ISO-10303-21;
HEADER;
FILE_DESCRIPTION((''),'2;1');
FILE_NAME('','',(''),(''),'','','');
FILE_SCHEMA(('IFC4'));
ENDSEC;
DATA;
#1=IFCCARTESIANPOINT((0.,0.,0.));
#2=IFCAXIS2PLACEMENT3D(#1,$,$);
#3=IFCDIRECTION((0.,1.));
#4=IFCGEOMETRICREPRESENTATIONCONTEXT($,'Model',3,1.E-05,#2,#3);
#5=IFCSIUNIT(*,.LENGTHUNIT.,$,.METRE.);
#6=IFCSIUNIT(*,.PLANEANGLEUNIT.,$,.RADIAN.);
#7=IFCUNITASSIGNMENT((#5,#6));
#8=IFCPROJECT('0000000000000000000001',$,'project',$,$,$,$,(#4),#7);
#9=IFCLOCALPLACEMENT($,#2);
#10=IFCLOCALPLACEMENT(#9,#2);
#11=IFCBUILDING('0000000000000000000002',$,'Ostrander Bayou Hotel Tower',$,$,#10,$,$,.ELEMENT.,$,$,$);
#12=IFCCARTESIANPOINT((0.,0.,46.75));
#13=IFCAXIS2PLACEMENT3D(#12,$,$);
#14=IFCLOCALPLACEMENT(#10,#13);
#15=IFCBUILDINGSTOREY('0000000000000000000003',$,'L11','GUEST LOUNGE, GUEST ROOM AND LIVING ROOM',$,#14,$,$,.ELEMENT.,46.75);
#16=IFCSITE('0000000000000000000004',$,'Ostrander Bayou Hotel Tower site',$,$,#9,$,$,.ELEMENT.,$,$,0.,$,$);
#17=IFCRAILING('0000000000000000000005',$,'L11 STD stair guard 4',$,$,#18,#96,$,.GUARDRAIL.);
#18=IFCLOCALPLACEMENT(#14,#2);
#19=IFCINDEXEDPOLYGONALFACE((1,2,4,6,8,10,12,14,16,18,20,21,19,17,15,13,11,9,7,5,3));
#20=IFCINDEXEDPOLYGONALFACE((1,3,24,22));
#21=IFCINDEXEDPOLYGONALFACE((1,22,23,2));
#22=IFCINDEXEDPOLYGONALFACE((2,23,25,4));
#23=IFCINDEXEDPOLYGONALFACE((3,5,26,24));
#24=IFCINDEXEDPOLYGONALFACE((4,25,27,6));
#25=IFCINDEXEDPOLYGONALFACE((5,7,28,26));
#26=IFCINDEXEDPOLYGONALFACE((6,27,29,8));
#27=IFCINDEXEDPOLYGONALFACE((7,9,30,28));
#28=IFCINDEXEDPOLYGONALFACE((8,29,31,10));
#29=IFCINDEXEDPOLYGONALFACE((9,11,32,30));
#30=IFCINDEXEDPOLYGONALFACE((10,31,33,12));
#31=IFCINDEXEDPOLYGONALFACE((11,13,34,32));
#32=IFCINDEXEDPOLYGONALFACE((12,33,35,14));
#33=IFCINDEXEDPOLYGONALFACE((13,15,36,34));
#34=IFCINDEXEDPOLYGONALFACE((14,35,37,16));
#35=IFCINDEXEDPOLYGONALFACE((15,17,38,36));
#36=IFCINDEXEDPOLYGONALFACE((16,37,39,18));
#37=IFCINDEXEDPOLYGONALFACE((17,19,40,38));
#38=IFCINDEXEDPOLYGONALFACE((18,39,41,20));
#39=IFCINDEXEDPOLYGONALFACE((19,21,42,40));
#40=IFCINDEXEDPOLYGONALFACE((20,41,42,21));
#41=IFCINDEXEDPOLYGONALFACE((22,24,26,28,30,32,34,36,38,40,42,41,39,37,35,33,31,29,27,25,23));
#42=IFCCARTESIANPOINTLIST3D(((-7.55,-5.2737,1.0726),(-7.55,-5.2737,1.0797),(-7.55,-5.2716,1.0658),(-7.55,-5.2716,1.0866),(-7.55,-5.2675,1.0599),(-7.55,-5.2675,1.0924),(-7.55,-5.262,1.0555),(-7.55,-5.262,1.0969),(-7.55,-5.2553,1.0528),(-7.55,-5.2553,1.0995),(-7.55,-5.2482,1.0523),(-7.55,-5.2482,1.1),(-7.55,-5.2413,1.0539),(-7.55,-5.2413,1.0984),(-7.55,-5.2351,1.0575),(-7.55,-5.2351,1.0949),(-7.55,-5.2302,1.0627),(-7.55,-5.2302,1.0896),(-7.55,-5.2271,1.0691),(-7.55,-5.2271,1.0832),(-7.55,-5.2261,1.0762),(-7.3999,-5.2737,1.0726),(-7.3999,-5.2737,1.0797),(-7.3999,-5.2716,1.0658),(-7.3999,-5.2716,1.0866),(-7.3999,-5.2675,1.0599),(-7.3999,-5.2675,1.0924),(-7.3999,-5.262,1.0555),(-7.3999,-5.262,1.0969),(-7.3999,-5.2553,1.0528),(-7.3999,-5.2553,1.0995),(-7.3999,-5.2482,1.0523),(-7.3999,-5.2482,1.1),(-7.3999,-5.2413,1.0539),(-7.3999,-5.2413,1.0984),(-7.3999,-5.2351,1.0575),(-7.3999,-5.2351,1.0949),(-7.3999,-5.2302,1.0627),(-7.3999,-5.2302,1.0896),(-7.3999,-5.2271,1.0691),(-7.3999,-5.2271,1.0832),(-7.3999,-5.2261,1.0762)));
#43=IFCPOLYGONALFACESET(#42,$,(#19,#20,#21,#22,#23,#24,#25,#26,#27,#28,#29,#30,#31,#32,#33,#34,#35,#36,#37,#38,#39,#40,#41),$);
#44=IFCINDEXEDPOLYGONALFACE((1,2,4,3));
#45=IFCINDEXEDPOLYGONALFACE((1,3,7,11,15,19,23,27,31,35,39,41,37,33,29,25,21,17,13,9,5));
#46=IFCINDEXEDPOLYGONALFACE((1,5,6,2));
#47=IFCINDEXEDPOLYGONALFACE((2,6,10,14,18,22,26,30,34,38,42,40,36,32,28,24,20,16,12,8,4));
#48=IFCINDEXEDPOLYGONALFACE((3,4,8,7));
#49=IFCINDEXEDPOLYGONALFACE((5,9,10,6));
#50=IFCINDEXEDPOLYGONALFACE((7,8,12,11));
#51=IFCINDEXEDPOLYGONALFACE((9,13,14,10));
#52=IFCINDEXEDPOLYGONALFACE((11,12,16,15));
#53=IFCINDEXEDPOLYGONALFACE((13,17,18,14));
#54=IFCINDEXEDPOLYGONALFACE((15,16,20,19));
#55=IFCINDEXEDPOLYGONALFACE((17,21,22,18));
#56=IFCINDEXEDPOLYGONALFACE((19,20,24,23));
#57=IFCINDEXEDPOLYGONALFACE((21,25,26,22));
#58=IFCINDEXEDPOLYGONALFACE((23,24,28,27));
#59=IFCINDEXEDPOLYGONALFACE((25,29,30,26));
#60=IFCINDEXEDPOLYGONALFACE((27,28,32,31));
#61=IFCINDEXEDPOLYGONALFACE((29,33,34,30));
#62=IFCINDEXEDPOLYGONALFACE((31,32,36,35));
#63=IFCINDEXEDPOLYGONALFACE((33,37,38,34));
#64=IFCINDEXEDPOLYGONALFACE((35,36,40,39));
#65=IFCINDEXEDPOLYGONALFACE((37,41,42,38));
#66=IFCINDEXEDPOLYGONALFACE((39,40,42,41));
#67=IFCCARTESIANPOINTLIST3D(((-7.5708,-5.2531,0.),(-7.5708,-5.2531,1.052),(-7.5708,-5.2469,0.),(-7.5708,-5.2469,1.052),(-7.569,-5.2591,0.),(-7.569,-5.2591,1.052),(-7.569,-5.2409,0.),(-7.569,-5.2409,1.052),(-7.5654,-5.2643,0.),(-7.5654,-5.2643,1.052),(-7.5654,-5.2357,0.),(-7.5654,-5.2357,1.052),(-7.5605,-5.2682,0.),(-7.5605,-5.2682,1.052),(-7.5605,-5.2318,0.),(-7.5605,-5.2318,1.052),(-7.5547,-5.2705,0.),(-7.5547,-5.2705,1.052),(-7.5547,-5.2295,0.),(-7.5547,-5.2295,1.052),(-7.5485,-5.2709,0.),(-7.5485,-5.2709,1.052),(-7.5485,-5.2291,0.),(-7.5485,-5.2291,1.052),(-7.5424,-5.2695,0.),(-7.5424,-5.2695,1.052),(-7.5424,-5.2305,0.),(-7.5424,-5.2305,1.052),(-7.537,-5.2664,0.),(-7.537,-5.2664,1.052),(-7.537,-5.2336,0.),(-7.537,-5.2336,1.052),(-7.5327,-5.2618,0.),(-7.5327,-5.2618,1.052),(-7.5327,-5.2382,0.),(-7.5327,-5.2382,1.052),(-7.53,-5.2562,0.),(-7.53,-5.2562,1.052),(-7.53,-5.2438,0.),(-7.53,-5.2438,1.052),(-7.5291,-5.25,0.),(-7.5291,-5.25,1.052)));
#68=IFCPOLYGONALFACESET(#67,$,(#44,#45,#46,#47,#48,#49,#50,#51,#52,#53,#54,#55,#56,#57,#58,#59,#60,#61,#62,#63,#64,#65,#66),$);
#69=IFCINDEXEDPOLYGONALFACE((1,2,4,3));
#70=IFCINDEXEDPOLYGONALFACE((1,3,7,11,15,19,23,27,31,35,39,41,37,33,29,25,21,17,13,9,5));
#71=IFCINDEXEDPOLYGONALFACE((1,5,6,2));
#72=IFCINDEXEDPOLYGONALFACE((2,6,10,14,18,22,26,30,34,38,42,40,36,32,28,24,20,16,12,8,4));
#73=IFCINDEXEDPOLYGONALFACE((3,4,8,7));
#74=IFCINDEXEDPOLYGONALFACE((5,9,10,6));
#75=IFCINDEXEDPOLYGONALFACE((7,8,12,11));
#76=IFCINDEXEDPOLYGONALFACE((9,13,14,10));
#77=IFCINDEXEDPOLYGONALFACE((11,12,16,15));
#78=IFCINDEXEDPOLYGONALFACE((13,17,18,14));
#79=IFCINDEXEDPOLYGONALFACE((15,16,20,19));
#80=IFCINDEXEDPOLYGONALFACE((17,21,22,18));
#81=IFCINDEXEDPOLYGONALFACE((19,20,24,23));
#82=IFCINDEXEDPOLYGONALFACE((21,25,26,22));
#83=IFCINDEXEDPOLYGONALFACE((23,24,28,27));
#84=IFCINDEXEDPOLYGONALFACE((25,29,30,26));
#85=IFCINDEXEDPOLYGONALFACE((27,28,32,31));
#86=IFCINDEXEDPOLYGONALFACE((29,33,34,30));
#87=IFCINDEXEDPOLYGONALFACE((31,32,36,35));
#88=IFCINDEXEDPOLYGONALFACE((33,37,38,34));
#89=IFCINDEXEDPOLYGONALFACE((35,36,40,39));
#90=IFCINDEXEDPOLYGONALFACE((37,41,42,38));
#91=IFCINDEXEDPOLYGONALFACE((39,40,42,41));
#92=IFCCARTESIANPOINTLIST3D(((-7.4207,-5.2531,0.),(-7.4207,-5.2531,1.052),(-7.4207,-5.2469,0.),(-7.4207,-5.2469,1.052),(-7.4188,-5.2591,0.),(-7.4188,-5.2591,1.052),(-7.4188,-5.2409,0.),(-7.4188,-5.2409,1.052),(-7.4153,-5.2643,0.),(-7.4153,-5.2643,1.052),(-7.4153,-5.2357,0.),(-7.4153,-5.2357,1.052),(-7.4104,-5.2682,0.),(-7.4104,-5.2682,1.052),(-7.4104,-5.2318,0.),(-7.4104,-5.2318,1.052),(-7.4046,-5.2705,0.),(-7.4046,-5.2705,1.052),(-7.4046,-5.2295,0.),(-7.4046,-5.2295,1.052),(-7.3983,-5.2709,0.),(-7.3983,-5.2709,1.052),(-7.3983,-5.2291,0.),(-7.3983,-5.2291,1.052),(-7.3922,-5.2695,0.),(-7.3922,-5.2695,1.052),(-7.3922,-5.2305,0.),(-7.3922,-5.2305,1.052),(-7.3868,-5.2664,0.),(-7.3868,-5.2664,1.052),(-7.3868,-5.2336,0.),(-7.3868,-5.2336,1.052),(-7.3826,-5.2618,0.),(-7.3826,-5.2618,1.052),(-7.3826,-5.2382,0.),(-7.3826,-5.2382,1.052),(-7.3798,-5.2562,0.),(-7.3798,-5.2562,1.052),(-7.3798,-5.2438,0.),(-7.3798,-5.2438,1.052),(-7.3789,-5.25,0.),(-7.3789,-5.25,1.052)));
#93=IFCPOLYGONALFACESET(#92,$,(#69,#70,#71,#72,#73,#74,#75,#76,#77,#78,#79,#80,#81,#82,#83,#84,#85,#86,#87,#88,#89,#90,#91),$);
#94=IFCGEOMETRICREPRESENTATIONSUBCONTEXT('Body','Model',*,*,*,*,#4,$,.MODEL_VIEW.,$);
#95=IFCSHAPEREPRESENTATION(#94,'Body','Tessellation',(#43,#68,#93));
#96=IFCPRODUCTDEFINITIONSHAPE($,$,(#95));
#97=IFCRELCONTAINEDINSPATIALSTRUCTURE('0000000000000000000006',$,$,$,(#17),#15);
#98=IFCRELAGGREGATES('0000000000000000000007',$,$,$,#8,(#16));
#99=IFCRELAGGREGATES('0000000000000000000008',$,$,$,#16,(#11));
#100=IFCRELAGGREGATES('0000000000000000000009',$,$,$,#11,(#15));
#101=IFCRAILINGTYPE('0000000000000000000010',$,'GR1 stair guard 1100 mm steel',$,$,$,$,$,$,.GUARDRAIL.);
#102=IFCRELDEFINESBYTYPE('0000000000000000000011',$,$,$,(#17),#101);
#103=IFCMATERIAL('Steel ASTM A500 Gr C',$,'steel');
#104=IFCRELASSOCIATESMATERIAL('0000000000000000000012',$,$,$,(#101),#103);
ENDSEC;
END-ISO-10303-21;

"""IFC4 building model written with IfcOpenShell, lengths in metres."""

from ifc_helpers import new_model, si_unit, direction, frame, origin, origin_2d, place, context, subcontext, project, spatial, circle, extrude, material, type_object, element, save


model = new_model("IFC4")

# Units and contexts
model_context = context("Model", 3, precision=1e-05, world=origin(), true_north=direction((0.0, 1.0)))
body_context = subcontext(model_context, "Body", "Model", "MODEL_VIEW")
ifc_project = project(units=[si_unit("LENGTHUNIT", "METRE"), si_unit("PLANEANGLEUNIT", "RADIAN")], contexts=[model_context])

# Site, building, storey
site_placement = place(None, origin())
site = spatial("IfcSite", under=ifc_project, at=site_placement, Name="Ostrander Bayou Hotel Tower site", CompositionType="ELEMENT", RefElevation=0.0)
building_placement = place(site_placement, origin())
building = spatial("IfcBuilding", under=site, at=building_placement, Name="Ostrander Bayou Hotel Tower", CompositionType="ELEMENT")
storey_placement = place(building_placement, frame((0.0, 0.0, 46.75)))
storey = spatial("IfcBuildingStorey", under=building, at=storey_placement, Name="L11", Description="GUEST LOUNGE, GUEST ROOM AND LIVING ROOM", CompositionType="ELEMENT", Elevation=46.75)

# Railing
ifc_material_1 = material(Name="Steel ASTM A500 Gr C", Category="steel")
railing_type_1 = type_object("IfcRailingType", Name="GR1 stair guard 1100 mm steel", PredefinedType="GUARDRAIL", material=ifc_material_1)
railing_1_placement = place(storey_placement, frame((-7.55, -5.25, 0.0)))
element("IfcRailing", 1, at=railing_1_placement, inside=storey, type_object=railing_type_1, Name="L11 STD stair guard 4", PredefinedType="GUARDRAIL", context=body_context, shape_type="SweptSolid", body=[
    extrude(circle(Radius=0.0239, at=origin_2d()), frame((0.0, 0.0, 1.0762), z_axis=(1.0, 0.0, 0.0), x_axis=(0.0, 1.0, 0.0)), (0.0, 0.0, 1.0), 0.1501),
    extrude(circle(Radius=0.021, at=origin_2d()), origin(), (0.0, 0.0, 1.0), 1.052),
    extrude(circle(Radius=0.021, at=origin_2d()), frame((0.1501, 0.0, 0.0)), (0.0, 0.0, 1.0), 1.052),
])

save(model, "model.ifc")
